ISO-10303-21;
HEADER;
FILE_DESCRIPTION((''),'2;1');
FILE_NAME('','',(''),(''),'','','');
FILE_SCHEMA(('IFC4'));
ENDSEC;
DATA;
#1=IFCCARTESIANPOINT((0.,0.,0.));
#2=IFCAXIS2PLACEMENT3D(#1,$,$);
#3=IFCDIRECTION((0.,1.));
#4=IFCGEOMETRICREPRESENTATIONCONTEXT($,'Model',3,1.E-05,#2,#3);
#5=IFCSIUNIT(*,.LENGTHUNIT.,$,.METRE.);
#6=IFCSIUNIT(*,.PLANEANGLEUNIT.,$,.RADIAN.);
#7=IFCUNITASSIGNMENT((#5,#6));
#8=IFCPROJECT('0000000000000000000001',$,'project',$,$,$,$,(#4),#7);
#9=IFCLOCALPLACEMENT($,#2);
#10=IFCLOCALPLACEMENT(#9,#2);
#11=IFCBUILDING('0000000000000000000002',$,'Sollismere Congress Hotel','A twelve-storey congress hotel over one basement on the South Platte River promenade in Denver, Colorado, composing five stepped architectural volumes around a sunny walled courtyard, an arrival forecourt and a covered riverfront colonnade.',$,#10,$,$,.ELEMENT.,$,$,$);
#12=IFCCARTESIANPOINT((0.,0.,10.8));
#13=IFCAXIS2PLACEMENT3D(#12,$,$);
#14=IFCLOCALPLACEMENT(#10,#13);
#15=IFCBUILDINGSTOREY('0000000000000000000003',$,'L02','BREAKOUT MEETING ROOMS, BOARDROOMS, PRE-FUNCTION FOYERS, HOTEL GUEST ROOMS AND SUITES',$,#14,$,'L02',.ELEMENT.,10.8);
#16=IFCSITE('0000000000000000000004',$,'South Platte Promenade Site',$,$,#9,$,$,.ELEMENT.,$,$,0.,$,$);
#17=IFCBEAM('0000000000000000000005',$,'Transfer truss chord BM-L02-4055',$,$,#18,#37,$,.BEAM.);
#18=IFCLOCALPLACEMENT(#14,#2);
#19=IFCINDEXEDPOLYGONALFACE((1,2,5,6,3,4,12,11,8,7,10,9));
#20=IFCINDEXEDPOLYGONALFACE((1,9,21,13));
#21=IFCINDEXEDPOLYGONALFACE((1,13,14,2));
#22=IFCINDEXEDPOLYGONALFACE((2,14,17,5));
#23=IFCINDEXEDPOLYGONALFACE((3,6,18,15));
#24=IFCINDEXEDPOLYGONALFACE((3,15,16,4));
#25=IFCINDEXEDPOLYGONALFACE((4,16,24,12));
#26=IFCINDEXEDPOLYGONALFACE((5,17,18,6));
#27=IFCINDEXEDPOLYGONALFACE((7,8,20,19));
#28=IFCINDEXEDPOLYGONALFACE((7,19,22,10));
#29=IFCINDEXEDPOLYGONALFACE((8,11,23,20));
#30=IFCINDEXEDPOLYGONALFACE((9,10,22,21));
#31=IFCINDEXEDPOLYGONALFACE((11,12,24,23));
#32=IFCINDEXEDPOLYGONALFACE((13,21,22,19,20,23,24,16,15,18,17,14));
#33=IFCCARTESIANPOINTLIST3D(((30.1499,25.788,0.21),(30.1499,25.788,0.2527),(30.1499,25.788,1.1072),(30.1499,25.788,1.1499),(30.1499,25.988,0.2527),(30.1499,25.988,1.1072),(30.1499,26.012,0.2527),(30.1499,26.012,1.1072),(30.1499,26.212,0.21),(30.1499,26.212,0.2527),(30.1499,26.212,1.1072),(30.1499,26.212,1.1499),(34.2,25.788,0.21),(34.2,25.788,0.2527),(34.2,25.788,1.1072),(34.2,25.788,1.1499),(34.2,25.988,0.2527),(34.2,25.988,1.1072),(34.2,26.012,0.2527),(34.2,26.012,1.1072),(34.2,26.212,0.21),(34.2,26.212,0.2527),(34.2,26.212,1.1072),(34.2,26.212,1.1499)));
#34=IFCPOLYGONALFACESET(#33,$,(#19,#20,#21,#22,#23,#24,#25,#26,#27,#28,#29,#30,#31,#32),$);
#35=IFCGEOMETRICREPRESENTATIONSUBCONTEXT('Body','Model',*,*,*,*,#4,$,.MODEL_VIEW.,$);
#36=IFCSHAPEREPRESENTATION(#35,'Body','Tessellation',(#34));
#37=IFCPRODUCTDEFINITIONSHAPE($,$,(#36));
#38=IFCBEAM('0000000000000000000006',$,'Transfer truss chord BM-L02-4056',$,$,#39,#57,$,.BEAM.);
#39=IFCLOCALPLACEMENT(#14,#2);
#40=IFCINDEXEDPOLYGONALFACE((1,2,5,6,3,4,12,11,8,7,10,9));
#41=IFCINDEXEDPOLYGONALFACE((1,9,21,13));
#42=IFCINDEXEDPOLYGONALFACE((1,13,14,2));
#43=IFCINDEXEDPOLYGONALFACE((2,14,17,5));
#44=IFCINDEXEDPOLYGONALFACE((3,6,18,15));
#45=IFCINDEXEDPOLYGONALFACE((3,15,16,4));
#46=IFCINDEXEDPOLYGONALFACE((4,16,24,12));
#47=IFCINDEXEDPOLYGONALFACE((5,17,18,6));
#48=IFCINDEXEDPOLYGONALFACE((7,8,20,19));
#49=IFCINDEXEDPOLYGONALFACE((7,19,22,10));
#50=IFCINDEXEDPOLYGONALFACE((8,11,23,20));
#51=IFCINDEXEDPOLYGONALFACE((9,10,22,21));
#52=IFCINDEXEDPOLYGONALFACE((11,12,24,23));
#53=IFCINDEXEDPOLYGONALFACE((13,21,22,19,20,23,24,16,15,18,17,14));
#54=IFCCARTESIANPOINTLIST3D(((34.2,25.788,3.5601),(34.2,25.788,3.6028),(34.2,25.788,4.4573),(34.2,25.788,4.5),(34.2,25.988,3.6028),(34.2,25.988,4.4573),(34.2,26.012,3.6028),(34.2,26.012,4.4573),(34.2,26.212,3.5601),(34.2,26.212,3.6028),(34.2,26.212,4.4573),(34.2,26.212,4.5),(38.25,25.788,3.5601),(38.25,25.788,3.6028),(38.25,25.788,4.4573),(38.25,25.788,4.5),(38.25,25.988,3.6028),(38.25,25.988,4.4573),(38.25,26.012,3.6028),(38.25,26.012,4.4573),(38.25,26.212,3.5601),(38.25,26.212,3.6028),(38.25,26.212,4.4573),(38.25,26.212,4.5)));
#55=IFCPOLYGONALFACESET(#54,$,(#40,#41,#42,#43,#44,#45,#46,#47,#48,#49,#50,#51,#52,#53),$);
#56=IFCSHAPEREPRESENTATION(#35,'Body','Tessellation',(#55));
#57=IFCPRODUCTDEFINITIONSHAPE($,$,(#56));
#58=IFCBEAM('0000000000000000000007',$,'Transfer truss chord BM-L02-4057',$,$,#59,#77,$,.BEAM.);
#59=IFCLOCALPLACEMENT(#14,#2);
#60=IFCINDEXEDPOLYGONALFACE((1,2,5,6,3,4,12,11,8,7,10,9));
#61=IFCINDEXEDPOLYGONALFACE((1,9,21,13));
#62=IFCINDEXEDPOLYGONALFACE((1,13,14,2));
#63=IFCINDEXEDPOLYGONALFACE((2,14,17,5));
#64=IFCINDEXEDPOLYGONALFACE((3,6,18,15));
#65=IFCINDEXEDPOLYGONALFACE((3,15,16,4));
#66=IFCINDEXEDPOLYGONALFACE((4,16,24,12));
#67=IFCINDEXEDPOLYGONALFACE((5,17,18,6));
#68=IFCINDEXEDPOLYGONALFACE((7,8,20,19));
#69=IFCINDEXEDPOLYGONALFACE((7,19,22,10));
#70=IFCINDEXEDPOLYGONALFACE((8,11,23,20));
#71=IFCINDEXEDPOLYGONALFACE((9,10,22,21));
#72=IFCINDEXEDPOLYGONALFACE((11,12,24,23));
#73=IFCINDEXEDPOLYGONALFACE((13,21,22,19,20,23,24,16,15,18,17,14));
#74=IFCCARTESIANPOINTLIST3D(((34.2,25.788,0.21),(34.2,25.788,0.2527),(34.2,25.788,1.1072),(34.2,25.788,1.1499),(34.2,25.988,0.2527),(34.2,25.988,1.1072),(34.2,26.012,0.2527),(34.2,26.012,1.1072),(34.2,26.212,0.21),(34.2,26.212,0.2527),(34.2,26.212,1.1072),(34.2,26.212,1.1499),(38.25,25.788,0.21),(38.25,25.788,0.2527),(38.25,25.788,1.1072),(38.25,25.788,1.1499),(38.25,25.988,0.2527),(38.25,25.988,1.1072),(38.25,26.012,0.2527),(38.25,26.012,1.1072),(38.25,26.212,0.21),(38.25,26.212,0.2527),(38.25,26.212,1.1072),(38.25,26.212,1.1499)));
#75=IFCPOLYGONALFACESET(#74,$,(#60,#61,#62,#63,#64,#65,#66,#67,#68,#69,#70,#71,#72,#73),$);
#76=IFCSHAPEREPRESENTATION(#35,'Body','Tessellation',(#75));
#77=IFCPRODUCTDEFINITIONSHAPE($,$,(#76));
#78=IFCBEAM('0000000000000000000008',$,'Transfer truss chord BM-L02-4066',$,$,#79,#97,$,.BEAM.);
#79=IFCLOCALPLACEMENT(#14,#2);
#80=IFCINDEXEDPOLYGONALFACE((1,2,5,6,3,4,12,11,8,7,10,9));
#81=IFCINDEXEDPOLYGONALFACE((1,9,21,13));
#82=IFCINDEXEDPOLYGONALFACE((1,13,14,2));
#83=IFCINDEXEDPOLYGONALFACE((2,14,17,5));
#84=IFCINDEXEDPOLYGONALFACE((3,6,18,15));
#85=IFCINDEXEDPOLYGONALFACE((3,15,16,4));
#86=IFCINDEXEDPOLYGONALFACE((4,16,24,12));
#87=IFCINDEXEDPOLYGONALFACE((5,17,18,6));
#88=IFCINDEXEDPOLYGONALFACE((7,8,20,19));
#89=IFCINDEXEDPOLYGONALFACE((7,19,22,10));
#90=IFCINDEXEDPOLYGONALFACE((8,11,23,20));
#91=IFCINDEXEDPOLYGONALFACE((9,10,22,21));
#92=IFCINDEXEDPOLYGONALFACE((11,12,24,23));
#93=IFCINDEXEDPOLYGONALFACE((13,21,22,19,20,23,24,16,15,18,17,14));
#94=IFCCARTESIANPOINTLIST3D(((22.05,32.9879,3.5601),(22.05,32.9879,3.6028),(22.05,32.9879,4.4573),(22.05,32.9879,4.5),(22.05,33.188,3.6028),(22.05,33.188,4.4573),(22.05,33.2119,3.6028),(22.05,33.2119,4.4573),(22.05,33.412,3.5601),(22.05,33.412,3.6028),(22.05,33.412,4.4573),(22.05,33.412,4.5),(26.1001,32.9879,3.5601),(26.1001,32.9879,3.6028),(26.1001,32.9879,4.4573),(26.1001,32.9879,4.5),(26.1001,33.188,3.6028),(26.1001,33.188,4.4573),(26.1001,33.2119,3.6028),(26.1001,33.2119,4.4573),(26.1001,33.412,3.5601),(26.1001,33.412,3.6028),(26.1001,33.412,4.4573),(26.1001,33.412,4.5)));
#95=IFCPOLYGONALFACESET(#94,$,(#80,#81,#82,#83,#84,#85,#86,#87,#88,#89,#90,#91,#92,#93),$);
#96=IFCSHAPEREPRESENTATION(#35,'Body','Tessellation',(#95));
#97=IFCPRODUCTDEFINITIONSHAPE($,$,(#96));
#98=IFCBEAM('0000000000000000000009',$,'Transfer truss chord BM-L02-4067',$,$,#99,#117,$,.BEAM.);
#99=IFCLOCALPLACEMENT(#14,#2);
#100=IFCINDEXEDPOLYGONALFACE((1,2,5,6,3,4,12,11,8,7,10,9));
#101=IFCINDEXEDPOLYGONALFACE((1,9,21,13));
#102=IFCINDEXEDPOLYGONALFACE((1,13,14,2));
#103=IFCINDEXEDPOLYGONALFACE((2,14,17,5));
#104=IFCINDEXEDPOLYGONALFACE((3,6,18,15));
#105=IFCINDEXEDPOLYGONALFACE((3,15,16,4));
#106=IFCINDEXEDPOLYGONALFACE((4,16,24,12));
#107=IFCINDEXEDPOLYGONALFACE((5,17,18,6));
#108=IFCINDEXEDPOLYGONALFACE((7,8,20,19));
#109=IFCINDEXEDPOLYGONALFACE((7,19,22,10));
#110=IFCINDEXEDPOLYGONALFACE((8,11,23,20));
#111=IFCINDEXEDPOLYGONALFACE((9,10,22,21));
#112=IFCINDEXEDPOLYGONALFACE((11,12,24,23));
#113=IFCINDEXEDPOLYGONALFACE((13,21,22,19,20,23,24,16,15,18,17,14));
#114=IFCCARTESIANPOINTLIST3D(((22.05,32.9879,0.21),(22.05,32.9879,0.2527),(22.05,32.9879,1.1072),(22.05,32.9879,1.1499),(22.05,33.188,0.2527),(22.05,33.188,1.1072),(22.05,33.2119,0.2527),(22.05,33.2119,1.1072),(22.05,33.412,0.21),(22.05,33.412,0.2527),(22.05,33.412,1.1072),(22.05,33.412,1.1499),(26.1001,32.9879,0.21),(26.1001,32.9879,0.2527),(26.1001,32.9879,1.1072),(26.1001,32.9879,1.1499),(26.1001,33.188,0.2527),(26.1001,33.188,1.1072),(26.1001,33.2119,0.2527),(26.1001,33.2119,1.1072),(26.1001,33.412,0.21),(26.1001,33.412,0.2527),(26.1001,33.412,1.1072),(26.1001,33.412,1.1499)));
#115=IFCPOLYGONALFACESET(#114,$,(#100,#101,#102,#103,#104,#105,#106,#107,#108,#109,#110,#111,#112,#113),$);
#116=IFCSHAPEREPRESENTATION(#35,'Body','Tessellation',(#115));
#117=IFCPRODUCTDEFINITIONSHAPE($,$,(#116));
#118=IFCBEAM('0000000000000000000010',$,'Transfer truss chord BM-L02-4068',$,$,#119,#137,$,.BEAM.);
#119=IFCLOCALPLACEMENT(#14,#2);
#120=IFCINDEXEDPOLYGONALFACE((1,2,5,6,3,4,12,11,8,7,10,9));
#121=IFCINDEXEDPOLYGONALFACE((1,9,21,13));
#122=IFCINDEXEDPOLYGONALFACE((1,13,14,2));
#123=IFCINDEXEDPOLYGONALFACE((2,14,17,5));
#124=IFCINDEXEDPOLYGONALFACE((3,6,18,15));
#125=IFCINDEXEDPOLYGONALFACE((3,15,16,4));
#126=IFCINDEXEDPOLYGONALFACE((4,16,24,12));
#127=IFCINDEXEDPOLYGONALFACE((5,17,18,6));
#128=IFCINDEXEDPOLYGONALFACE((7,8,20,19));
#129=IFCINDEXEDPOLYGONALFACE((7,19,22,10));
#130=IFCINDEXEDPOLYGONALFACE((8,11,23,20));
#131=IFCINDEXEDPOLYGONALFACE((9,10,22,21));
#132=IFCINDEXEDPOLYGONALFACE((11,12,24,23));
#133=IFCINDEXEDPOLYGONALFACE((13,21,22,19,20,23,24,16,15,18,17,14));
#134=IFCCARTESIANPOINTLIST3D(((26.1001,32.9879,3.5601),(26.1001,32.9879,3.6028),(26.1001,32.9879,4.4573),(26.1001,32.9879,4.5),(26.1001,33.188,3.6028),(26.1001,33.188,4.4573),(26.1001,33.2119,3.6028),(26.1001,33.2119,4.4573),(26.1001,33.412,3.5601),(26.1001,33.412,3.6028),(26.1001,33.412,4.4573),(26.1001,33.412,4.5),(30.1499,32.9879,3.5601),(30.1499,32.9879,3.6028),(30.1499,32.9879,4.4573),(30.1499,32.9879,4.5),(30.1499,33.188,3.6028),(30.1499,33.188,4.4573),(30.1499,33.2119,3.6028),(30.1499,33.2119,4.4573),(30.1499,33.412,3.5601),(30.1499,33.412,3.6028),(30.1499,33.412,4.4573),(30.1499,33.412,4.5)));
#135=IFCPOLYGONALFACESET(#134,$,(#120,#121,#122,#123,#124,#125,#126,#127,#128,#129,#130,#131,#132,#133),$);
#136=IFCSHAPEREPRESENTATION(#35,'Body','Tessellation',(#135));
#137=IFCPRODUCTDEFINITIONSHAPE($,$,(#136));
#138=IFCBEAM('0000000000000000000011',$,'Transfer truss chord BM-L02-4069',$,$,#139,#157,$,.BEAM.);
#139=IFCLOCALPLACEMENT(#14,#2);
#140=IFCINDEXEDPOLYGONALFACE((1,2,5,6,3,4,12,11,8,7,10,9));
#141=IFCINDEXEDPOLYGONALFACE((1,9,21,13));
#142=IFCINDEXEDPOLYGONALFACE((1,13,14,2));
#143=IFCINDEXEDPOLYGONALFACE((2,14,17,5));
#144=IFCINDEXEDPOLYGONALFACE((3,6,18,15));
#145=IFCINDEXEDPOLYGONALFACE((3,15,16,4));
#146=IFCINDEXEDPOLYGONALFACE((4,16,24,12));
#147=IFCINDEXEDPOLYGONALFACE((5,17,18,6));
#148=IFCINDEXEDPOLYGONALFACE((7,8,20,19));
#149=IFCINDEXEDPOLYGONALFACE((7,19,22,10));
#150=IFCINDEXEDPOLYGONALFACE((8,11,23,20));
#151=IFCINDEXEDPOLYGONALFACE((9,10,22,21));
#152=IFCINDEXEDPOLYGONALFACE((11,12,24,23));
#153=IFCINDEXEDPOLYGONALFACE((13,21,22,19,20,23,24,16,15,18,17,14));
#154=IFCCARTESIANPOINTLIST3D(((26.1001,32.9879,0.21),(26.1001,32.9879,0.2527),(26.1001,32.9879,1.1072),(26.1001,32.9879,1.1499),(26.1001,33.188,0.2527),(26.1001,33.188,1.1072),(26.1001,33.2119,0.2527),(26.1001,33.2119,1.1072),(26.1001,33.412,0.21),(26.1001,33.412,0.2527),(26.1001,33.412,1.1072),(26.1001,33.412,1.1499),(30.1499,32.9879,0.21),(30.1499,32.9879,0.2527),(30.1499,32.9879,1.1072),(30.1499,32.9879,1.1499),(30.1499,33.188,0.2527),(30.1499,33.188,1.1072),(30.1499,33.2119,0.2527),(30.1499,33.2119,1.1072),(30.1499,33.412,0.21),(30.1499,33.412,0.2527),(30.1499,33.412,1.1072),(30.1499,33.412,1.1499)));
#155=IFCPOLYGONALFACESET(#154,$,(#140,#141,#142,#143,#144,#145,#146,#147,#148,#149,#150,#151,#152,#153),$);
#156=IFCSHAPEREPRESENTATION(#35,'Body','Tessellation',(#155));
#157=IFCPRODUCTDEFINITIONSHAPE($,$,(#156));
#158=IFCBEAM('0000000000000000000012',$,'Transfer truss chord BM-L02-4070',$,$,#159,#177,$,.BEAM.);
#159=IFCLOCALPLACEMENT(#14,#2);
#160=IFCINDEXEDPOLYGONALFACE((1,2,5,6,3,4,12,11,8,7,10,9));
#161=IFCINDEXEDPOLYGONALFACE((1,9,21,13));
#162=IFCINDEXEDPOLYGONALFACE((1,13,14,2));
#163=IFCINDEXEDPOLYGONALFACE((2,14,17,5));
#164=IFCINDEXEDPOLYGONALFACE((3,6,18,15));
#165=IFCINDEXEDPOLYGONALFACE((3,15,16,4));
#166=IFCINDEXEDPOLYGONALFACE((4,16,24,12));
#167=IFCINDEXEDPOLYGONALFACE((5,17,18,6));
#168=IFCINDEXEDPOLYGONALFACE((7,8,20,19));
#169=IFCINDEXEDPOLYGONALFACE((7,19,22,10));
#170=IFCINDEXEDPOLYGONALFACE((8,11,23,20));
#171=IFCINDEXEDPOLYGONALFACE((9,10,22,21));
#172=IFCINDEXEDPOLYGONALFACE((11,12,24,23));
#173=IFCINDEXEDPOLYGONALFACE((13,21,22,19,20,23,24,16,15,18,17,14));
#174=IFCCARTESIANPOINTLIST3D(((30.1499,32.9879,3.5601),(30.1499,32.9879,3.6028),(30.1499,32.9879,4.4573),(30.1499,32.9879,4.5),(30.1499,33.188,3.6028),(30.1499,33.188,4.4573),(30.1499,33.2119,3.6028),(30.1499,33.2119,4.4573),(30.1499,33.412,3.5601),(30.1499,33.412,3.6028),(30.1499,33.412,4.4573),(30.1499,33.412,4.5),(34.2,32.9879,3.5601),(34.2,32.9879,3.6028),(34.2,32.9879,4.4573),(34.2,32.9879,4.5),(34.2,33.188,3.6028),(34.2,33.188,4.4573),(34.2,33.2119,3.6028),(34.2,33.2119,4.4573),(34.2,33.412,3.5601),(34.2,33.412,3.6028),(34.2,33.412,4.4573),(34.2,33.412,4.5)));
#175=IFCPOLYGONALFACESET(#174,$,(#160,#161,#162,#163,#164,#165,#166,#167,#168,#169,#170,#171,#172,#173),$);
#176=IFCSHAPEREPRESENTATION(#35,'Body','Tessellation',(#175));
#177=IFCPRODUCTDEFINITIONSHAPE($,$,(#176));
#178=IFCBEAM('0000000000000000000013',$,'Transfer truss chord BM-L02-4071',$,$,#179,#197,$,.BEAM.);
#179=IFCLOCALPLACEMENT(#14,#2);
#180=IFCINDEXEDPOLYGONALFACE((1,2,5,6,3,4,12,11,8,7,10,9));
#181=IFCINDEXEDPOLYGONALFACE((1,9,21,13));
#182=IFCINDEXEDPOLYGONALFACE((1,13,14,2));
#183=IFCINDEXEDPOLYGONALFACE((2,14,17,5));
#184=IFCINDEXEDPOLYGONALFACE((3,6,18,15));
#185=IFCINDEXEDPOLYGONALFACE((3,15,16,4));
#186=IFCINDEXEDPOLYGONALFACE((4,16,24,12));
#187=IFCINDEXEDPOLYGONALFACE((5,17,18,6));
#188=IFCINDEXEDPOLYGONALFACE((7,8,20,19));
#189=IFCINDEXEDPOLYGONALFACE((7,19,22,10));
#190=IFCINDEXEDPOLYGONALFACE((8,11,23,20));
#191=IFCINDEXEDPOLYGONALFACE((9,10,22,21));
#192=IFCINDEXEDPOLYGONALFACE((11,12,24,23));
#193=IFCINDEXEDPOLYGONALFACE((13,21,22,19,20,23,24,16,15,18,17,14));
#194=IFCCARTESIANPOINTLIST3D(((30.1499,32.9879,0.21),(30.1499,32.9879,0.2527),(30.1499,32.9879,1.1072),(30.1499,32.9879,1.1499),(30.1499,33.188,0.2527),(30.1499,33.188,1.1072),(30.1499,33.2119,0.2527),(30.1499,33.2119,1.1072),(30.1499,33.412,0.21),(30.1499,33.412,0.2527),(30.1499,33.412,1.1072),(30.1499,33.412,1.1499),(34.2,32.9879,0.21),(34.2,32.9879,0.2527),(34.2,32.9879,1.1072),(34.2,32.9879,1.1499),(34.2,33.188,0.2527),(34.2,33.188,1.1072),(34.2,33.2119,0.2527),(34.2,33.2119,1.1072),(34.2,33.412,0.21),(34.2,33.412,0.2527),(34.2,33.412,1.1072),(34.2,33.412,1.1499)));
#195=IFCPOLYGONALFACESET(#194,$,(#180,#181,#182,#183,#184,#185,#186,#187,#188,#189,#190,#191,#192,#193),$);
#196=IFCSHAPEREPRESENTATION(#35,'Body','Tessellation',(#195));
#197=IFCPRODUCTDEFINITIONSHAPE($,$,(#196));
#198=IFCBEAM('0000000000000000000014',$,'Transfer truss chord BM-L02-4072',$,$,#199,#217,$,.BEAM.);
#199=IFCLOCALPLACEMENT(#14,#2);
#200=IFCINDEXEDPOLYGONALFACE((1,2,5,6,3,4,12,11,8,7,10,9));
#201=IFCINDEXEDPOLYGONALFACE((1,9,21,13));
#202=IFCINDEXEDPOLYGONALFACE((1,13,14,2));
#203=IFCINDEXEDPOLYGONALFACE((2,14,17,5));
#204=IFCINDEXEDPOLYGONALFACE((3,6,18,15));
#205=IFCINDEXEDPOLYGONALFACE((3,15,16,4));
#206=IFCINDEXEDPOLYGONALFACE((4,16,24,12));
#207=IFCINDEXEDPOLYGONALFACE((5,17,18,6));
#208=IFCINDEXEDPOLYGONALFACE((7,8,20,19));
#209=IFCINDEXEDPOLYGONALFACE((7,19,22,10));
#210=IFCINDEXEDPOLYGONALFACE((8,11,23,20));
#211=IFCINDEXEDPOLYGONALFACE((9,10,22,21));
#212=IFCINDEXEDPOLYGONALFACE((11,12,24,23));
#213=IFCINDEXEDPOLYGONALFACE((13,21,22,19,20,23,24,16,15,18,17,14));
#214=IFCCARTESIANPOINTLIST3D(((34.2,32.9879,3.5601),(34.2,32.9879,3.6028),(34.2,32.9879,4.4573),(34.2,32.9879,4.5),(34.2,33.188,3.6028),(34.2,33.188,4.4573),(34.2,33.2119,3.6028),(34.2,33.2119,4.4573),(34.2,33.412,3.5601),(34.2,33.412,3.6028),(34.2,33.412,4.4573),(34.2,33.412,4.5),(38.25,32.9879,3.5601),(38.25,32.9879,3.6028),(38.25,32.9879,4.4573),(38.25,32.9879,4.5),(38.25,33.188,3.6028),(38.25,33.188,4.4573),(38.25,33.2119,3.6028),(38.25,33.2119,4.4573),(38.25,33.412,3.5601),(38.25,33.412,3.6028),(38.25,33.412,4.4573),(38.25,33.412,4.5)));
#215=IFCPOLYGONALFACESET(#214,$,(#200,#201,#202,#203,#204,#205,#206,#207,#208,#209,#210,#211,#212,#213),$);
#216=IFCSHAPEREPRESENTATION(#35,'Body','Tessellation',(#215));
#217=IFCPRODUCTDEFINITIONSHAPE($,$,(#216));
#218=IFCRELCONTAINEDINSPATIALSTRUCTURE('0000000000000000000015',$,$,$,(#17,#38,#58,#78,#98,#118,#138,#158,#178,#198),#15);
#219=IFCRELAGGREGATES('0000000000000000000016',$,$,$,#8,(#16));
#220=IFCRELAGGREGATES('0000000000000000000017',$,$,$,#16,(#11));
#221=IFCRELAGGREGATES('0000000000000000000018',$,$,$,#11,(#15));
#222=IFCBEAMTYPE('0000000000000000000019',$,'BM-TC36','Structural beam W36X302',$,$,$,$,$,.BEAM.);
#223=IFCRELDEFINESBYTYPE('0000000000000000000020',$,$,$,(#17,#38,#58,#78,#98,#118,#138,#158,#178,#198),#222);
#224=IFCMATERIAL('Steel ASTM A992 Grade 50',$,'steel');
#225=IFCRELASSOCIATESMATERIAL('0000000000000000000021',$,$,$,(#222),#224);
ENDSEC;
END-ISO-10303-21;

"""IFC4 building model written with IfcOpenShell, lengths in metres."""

from ifc_helpers import new_model, si_unit, direction, frame, origin, origin_2d, place, context, subcontext, project, spatial, i_section, extrude, material, material_profile, profile_set, type_object, element, save


model = new_model("IFC4")

# Units and contexts
model_context = context("Model", 3, precision=1e-05, world=origin(), true_north=direction((0.0, 1.0)))
body_context = subcontext(model_context, "Body", "Model", "MODEL_VIEW")
ifc_project = project(units=[si_unit("LENGTHUNIT", "METRE"), si_unit("PLANEANGLEUNIT", "RADIAN")], contexts=[model_context])

# Site, building, storey
site_placement = place(None, origin())
site = spatial("IfcSite", under=ifc_project, at=site_placement, Name="South Platte Promenade Site", CompositionType="ELEMENT", RefElevation=0.0)
building_placement = place(site_placement, origin())
building = spatial("IfcBuilding", under=site, at=building_placement, Name="Sollismere Congress Hotel", Description="A twelve-storey congress hotel over one basement on the South Platte River promenade in Denver, Colorado, composing five stepped architectural volumes around a sunny walled courtyard, an arrival forecourt and a covered riverfront colonnade.", CompositionType="ELEMENT")
storey_placement = place(building_placement, frame((0.0, 0.0, 10.8)))
storey = spatial("IfcBuildingStorey", under=building, at=storey_placement, Name="L02", Description="BREAKOUT MEETING ROOMS, BOARDROOMS, PRE-FUNCTION FOYERS, HOTEL GUEST ROOMS AND SUITES", LongName="L02", CompositionType="ELEMENT", Elevation=10.8)

# Beams
ifc_material_1 = material(Name="Steel ASTM A992 Grade 50", Category="steel")
ifc_material_profile_1 = material_profile(ifc_material_1, i_section(OverallWidth=0.4241, OverallDepth=0.9399, WebThickness=0.0239, FlangeThickness=0.0427, at=origin_2d()), Name="W36X302")
ifc_profile_set_1 = profile_set([ifc_material_profile_1], Name="Steel ASTM A992 Grade 50")
beam_type = type_object("IfcBeamType", Name="BM-TC36", Description="Structural beam W36X302", PredefinedType="BEAM", material=ifc_profile_set_1)
for number, where, z_axis, x_axis, name in (
    (1, (30.1499, 26.0, 0.6799), (1.0, 0.0, 0.0), (0.0, 1.0, 0.0), "Transfer truss chord BM-L02-4055"),
    (2, (34.2, 26.0, 4.03), (1.0, 0.0, 0.0), (0.0, 1.0, 0.0), "Transfer truss chord BM-L02-4056"),
    (3, (34.2, 26.0, 0.6799), (1.0, 0.0, 0.0), (0.0, 1.0, 0.0), "Transfer truss chord BM-L02-4057"),
    (4, (22.05, 33.2, 4.03), (1.0, 0.0, 0.0), (0.0, 1.0, 0.0), "Transfer truss chord BM-L02-4066"),
    (5, (22.05, 33.2, 0.6799), (1.0, 0.0, 0.0), (0.0, 1.0, 0.0), "Transfer truss chord BM-L02-4067"),
):
    element("IfcBeam", number, at=place(storey_placement, frame(where, z_axis=z_axis, x_axis=x_axis)), inside=storey, type_object=beam_type, Name=name, PredefinedType="BEAM", context=body_context, shape_type="SweptSolid", body=[
        extrude(i_section(OverallWidth=0.4241, OverallDepth=0.9399, WebThickness=0.0239, FlangeThickness=0.0427, at=origin_2d()), origin(), (0.0, 0.0, 1.0), 4.05),
    ])
for number, where, z_axis, x_axis, name in (
    (6, (26.1001, 33.2, 4.03), (1.0, 0.0, 0.0), (0.0, 1.0, 0.0), "Transfer truss chord BM-L02-4068"),
    (7, (26.1001, 33.2, 0.6799), (1.0, 0.0, 0.0), (0.0, 1.0, 0.0), "Transfer truss chord BM-L02-4069"),
):
    element("IfcBeam", number, at=place(storey_placement, frame(where, z_axis=z_axis, x_axis=x_axis)), inside=storey, type_object=beam_type, Name=name, PredefinedType="BEAM", context=body_context, shape_type="SweptSolid", body=[
        extrude(i_section(OverallWidth=0.4241, OverallDepth=0.9399, WebThickness=0.0239, FlangeThickness=0.0427, at=origin_2d()), origin(), (0.0, 0.0, 1.0), 4.0498),
    ])
for number, where, z_axis, x_axis, name in (
    (8, (30.1499, 33.2, 4.03), (1.0, 0.0, 0.0), (0.0, 1.0, 0.0), "Transfer truss chord BM-L02-4070"),
    (9, (30.1499, 33.2, 0.6799), (1.0, 0.0, 0.0), (0.0, 1.0, 0.0), "Transfer truss chord BM-L02-4071"),
    (10, (34.2, 33.2, 4.03), (1.0, 0.0, 0.0), (0.0, 1.0, 0.0), "Transfer truss chord BM-L02-4072"),
):
    element("IfcBeam", number, at=place(storey_placement, frame(where, z_axis=z_axis, x_axis=x_axis)), inside=storey, type_object=beam_type, Name=name, PredefinedType="BEAM", context=body_context, shape_type="SweptSolid", body=[
        extrude(i_section(OverallWidth=0.4241, OverallDepth=0.9399, WebThickness=0.0239, FlangeThickness=0.0427, at=origin_2d()), origin(), (0.0, 0.0, 1.0), 4.05),
    ])

save(model, "model.ifc")
